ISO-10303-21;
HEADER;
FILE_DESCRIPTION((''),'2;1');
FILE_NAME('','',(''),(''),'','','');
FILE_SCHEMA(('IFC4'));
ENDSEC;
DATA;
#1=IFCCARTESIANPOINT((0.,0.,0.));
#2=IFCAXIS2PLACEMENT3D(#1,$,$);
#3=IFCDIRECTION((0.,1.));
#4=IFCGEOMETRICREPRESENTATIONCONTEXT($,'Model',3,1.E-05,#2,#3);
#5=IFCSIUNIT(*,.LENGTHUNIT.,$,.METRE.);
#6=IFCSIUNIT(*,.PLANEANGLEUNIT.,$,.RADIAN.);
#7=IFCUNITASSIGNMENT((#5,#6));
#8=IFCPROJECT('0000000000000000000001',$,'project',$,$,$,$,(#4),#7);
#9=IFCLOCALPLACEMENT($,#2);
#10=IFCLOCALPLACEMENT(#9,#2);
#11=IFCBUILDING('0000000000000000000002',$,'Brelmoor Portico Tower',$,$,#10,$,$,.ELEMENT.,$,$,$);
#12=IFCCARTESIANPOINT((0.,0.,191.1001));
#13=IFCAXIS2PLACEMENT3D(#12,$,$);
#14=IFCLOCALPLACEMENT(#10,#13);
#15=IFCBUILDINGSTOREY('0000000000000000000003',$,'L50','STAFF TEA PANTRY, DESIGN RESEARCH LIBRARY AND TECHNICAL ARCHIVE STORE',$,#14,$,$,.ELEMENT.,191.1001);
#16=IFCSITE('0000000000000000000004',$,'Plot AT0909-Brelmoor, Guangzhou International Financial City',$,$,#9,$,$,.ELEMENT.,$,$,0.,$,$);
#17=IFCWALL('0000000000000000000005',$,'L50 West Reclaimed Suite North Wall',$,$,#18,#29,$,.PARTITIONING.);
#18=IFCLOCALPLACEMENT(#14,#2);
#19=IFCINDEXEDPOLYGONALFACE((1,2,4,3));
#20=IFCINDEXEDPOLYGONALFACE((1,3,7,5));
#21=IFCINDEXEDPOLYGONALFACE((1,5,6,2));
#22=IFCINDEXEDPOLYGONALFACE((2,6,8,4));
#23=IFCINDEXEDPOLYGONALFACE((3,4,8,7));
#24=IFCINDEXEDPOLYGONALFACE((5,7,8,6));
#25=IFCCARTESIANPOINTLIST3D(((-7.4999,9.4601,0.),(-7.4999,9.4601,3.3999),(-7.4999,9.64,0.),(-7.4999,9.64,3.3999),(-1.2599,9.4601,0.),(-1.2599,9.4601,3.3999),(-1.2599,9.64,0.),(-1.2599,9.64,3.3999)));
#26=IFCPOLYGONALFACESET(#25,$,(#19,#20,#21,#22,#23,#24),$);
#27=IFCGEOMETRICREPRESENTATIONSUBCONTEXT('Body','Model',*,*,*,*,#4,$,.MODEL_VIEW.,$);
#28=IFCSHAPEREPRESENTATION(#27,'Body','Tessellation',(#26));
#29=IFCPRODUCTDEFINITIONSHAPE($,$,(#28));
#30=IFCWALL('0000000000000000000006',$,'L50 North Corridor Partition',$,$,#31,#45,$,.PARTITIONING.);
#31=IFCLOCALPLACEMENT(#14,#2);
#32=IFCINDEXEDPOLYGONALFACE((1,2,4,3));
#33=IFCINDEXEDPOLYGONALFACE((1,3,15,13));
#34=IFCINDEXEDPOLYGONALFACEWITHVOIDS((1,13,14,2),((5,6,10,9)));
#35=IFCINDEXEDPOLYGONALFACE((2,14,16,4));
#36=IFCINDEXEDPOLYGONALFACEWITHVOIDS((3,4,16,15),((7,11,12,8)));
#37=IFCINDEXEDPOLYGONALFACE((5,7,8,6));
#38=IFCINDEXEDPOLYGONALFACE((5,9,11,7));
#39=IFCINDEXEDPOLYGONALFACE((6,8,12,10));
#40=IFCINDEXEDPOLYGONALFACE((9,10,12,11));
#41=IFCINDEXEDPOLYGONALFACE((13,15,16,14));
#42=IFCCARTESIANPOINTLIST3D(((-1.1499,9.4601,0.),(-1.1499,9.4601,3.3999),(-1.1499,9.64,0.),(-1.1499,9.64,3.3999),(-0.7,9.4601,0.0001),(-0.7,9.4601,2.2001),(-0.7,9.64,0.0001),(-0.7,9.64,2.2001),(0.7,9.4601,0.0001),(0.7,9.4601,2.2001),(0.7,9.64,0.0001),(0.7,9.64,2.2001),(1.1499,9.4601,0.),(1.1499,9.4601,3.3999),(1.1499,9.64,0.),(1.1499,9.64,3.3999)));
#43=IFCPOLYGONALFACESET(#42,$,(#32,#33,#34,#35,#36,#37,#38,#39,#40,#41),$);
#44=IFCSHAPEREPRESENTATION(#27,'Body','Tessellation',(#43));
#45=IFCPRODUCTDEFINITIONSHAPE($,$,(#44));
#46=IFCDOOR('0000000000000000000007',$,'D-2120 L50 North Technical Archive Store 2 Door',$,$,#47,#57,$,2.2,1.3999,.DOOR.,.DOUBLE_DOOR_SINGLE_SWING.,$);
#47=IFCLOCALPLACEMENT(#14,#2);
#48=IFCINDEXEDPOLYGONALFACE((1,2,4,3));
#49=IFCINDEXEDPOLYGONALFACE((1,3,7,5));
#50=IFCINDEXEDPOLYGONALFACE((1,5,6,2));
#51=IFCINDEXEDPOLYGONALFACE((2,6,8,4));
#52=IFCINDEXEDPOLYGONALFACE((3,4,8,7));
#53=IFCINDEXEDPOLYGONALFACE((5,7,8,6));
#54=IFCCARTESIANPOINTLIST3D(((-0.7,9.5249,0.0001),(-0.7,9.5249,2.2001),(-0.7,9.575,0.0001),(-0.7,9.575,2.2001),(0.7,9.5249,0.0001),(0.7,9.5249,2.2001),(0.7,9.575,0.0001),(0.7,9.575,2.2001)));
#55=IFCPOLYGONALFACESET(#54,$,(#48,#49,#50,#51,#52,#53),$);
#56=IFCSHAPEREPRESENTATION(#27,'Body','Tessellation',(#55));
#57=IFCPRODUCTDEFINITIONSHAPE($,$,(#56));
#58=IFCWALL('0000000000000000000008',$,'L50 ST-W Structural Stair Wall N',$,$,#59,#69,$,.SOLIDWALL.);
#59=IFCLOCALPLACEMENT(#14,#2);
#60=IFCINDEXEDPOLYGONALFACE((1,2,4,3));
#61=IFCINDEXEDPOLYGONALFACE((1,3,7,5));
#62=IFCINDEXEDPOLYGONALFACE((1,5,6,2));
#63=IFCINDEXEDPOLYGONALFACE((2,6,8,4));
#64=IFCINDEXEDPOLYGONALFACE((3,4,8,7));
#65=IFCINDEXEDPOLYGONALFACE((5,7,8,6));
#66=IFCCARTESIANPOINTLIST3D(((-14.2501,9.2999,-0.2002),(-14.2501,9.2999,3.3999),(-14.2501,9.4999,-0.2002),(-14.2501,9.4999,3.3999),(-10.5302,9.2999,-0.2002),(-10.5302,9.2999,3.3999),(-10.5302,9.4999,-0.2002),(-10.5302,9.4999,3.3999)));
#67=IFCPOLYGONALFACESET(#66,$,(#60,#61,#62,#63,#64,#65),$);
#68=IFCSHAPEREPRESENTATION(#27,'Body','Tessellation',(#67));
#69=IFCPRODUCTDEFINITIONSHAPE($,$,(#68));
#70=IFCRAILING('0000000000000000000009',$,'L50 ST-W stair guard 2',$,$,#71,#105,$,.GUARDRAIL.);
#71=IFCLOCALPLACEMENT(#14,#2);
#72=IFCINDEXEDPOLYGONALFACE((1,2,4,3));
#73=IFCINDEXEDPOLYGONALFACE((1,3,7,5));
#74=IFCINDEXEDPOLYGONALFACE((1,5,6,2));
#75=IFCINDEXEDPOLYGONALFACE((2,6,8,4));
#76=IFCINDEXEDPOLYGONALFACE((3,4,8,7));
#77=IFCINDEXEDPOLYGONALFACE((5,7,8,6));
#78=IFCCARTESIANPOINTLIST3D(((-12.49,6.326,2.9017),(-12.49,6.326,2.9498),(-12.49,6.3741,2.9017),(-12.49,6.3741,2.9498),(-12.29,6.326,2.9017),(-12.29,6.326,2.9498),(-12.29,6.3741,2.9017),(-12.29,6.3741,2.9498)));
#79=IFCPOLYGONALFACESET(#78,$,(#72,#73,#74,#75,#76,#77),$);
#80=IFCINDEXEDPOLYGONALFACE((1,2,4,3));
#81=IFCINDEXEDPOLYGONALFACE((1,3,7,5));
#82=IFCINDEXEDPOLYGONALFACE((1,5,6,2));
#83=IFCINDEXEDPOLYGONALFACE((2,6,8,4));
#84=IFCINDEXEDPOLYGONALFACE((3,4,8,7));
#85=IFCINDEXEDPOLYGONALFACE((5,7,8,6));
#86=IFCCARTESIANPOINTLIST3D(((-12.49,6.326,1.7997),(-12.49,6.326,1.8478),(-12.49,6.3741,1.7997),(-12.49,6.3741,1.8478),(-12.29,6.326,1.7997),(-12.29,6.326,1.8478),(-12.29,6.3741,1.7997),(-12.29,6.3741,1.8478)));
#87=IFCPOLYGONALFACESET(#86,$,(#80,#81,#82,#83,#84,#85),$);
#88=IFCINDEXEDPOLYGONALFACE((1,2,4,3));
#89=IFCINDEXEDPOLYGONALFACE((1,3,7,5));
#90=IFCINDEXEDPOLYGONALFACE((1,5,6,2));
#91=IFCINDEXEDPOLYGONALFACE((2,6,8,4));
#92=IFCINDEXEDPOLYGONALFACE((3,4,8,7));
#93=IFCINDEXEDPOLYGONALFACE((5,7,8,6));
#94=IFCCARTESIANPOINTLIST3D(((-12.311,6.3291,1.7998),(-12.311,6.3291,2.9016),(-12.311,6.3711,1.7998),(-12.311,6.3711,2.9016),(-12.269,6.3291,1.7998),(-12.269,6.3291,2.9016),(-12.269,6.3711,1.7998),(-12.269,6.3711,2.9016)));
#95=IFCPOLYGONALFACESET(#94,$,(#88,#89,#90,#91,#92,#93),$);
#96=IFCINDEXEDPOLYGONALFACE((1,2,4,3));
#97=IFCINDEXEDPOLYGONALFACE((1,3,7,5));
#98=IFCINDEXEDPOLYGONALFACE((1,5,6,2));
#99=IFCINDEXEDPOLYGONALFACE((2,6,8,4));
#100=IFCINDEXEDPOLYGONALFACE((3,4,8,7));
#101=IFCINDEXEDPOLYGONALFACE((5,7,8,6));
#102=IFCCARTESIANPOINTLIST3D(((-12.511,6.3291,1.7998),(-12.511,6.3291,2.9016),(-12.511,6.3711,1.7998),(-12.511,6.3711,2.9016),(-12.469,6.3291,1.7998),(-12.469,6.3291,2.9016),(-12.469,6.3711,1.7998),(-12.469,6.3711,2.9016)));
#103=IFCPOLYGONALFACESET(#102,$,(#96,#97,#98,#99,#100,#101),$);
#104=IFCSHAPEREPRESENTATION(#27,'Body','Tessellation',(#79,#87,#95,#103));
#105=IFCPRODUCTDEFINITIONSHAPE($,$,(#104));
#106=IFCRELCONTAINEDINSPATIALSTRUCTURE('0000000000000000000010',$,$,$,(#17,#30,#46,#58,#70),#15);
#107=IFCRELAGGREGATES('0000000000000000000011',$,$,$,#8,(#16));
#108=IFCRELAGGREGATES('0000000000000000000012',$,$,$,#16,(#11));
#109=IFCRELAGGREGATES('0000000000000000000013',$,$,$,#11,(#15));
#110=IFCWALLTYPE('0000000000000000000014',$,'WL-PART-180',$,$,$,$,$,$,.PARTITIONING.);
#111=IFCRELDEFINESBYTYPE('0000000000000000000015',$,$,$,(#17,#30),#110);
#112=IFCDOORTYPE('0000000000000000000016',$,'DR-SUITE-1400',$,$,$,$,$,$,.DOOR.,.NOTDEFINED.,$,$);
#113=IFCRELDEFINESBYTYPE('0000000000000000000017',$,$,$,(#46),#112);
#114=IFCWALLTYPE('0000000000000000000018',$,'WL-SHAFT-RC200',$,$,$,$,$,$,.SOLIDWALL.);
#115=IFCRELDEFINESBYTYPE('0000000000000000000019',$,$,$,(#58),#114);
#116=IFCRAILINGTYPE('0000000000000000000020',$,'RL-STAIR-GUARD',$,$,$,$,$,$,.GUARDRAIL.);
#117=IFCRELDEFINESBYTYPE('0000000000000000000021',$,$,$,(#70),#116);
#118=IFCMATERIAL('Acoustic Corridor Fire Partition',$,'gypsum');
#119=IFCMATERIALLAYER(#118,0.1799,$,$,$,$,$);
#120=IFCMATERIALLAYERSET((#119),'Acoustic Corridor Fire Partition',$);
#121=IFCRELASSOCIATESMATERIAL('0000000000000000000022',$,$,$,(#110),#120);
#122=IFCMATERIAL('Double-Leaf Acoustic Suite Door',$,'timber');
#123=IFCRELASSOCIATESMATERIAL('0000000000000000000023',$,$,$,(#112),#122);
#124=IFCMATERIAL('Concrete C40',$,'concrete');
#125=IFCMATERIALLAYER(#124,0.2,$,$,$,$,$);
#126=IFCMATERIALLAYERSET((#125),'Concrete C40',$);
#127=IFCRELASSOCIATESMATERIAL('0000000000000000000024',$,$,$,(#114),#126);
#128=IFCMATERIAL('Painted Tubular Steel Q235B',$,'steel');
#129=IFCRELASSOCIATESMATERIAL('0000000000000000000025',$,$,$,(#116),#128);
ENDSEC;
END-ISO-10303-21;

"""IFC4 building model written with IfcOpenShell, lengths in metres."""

from ifc_helpers import new_model, si_unit, direction, frame, frame_2d, origin, origin_2d, place, context, subcontext, project, spatial, rectangle, extrude, material, layer, layer_set, type_object, element, fill, save


model = new_model("IFC4")

# Units and contexts
model_context = context("Model", 3, precision=1e-05, world=origin(), true_north=direction((0.0, 1.0)))
body_context = subcontext(model_context, "Body", "Model", "MODEL_VIEW")
ifc_project = project(units=[si_unit("LENGTHUNIT", "METRE"), si_unit("PLANEANGLEUNIT", "RADIAN")], contexts=[model_context])

# Site, building, storey
site_placement = place(None, origin())
site = spatial("IfcSite", under=ifc_project, at=site_placement, Name="Plot AT0909-Brelmoor, Guangzhou International Financial City", CompositionType="ELEMENT", RefElevation=0.0)
building_placement = place(site_placement, origin())
building = spatial("IfcBuilding", under=site, at=building_placement, Name="Brelmoor Portico Tower", CompositionType="ELEMENT")
storey_placement = place(building_placement, frame((0.0, 0.0, 191.1001)))
storey = spatial("IfcBuildingStorey", under=building, at=storey_placement, Name="L50", Description="STAFF TEA PANTRY, DESIGN RESEARCH LIBRARY AND TECHNICAL ARCHIVE STORE", CompositionType="ELEMENT", Elevation=191.1001)

# Wall
ifc_material_1 = material(Name="Acoustic Corridor Fire Partition", Category="gypsum")
ifc_layer_1 = layer(ifc_material_1, 0.1799)
ifc_layer_set_1 = layer_set([ifc_layer_1], Name="Acoustic Corridor Fire Partition")
wall_type_1 = type_object("IfcWallType", Name="WL-PART-180", PredefinedType="PARTITIONING", material=ifc_layer_set_1)
wall_1_placement = place(storey_placement, frame((-7.5, 9.55, 0.0), z_axis=(0.0, 0.0, 1.0), x_axis=(1.0, 0.0, 0.0)))
element("IfcWall", 1, at=wall_1_placement, inside=storey, type_object=wall_type_1, Name="L50 West Reclaimed Suite North Wall", PredefinedType="PARTITIONING", context=body_context, shape_type="SweptSolid", body=[
    extrude(rectangle(XDim=6.24, YDim=0.1799, at=frame_2d((3.1201, 0.0))), origin(), (0.0, 0.0, 1.0), 3.3999),
])

# Wall, opening, door
wall_2_placement = place(storey_placement, frame((-1.1499, 9.55, 0.0), z_axis=(0.0, 0.0, 1.0), x_axis=(1.0, 0.0, 0.0)))
wall_2 = element("IfcWall", 2, at=wall_2_placement, inside=storey, type_object=wall_type_1, Name="L50 North Corridor Partition", PredefinedType="PARTITIONING", context=body_context, shape_type="SweptSolid", body=[
    extrude(rectangle(XDim=2.2998, YDim=0.1799, at=frame_2d((1.1499, 0.0))), origin(), (0.0, 0.0, 1.0), 3.3999),
])
opening_1_placement = place(wall_2_placement, frame((0.45, 0.0, 0.0)))
opening_1 = element("IfcOpeningElement", 3, at=opening_1_placement, cuts=wall_2, PredefinedType="OPENING", context=body_context, shape_type="SweptSolid", body=[
    extrude(rectangle(XDim=1.3999, YDim=2.2, at=frame_2d((0.7, 1.1001))), frame((0.0, 0.0999, 0.0), z_axis=(0.0, -1.0, 0.0), x_axis=(1.0, 0.0, 0.0)), (0.0, 0.0, 1.0), 0.2),
])
ifc_material_2 = material(Name="Double-Leaf Acoustic Suite Door", Category="timber")
door_type_1 = type_object("IfcDoorType", Name="DR-SUITE-1400", OperationType="NOTDEFINED", PredefinedType="DOOR", material=ifc_material_2)
door_1_placement = place(opening_1_placement, origin())
door_1 = element("IfcDoor", 4, at=door_1_placement, inside=storey, type_object=door_type_1, Name="D-2120 L50 North Technical Archive Store 2 Door", OperationType="DOUBLE_DOOR_SINGLE_SWING", OverallHeight=2.2, OverallWidth=1.3999, PredefinedType="DOOR", context=body_context, shape_type="SweptSolid", body=[
    extrude(rectangle(XDim=1.3999, YDim=2.2, at=frame_2d((0.7, 1.1001))), frame((0.0, 0.0249, 0.0), z_axis=(0.0, -1.0, 0.0), x_axis=(1.0, 0.0, 0.0)), (0.0, 0.0, 1.0), 0.05),
])
fill(opening_1, door_1)

# Wall
ifc_material_3 = material(Name="Concrete C40", Category="concrete")
ifc_layer_2 = layer(ifc_material_3, 0.2)
ifc_layer_set_2 = layer_set([ifc_layer_2], Name="Concrete C40")
wall_type_2 = type_object("IfcWallType", Name="WL-SHAFT-RC200", PredefinedType="SOLIDWALL", material=ifc_layer_set_2)
wall_3_placement = place(storey_placement, frame((-14.25, 9.3999, -0.2002), z_axis=(0.0, 0.0, 1.0), x_axis=(1.0, 0.0, 0.0)))
element("IfcWall", 5, at=wall_3_placement, inside=storey, type_object=wall_type_2, Name="L50 ST-W Structural Stair Wall N", PredefinedType="SOLIDWALL", context=body_context, shape_type="SweptSolid", body=[
    extrude(rectangle(XDim=3.72, YDim=0.2, at=frame_2d((1.8599, 0.0))), origin(), (0.0, 0.0, 1.0), 3.6001),
])

# Railing
ifc_material_4 = material(Name="Painted Tubular Steel Q235B", Category="steel")
railing_type = type_object("IfcRailingType", Name="RL-STAIR-GUARD", PredefinedType="GUARDRAIL", material=ifc_material_4)
railing_placement = place(storey_placement, frame((-12.29, 6.3501, 1.7998)))
element("IfcRailing", 6, at=railing_placement, inside=storey, type_object=railing_type, Name="L50 ST-W stair guard 2", PredefinedType="GUARDRAIL", context=body_context, shape_type="SweptSolid", body=[
    extrude(rectangle(XDim=0.0481, YDim=0.0481, at=origin_2d()), frame((0.0, 0.0, 1.126), z_axis=(-1.0, 0.0, 0.0), x_axis=(0.0, -1.0, 0.0)), (0.0, 0.0, 1.0), 0.2),
    extrude(rectangle(XDim=0.0481, YDim=0.0481, at=origin_2d()), frame((0.0, 0.0, 0.0239), z_axis=(-1.0, 0.0, 0.0), x_axis=(0.0, -1.0, 0.0)), (0.0, 0.0, 1.0), 0.2),
    extrude(rectangle(XDim=0.042, YDim=0.042, at=origin_2d()), origin(), (0.0, 0.0, 1.0), 1.1018),
    extrude(rectangle(XDim=0.042, YDim=0.042, at=origin_2d()), frame((-0.2, 0.0, 0.0)), (0.0, 0.0, 1.0), 1.1018),
])

save(model, "model.ifc")
